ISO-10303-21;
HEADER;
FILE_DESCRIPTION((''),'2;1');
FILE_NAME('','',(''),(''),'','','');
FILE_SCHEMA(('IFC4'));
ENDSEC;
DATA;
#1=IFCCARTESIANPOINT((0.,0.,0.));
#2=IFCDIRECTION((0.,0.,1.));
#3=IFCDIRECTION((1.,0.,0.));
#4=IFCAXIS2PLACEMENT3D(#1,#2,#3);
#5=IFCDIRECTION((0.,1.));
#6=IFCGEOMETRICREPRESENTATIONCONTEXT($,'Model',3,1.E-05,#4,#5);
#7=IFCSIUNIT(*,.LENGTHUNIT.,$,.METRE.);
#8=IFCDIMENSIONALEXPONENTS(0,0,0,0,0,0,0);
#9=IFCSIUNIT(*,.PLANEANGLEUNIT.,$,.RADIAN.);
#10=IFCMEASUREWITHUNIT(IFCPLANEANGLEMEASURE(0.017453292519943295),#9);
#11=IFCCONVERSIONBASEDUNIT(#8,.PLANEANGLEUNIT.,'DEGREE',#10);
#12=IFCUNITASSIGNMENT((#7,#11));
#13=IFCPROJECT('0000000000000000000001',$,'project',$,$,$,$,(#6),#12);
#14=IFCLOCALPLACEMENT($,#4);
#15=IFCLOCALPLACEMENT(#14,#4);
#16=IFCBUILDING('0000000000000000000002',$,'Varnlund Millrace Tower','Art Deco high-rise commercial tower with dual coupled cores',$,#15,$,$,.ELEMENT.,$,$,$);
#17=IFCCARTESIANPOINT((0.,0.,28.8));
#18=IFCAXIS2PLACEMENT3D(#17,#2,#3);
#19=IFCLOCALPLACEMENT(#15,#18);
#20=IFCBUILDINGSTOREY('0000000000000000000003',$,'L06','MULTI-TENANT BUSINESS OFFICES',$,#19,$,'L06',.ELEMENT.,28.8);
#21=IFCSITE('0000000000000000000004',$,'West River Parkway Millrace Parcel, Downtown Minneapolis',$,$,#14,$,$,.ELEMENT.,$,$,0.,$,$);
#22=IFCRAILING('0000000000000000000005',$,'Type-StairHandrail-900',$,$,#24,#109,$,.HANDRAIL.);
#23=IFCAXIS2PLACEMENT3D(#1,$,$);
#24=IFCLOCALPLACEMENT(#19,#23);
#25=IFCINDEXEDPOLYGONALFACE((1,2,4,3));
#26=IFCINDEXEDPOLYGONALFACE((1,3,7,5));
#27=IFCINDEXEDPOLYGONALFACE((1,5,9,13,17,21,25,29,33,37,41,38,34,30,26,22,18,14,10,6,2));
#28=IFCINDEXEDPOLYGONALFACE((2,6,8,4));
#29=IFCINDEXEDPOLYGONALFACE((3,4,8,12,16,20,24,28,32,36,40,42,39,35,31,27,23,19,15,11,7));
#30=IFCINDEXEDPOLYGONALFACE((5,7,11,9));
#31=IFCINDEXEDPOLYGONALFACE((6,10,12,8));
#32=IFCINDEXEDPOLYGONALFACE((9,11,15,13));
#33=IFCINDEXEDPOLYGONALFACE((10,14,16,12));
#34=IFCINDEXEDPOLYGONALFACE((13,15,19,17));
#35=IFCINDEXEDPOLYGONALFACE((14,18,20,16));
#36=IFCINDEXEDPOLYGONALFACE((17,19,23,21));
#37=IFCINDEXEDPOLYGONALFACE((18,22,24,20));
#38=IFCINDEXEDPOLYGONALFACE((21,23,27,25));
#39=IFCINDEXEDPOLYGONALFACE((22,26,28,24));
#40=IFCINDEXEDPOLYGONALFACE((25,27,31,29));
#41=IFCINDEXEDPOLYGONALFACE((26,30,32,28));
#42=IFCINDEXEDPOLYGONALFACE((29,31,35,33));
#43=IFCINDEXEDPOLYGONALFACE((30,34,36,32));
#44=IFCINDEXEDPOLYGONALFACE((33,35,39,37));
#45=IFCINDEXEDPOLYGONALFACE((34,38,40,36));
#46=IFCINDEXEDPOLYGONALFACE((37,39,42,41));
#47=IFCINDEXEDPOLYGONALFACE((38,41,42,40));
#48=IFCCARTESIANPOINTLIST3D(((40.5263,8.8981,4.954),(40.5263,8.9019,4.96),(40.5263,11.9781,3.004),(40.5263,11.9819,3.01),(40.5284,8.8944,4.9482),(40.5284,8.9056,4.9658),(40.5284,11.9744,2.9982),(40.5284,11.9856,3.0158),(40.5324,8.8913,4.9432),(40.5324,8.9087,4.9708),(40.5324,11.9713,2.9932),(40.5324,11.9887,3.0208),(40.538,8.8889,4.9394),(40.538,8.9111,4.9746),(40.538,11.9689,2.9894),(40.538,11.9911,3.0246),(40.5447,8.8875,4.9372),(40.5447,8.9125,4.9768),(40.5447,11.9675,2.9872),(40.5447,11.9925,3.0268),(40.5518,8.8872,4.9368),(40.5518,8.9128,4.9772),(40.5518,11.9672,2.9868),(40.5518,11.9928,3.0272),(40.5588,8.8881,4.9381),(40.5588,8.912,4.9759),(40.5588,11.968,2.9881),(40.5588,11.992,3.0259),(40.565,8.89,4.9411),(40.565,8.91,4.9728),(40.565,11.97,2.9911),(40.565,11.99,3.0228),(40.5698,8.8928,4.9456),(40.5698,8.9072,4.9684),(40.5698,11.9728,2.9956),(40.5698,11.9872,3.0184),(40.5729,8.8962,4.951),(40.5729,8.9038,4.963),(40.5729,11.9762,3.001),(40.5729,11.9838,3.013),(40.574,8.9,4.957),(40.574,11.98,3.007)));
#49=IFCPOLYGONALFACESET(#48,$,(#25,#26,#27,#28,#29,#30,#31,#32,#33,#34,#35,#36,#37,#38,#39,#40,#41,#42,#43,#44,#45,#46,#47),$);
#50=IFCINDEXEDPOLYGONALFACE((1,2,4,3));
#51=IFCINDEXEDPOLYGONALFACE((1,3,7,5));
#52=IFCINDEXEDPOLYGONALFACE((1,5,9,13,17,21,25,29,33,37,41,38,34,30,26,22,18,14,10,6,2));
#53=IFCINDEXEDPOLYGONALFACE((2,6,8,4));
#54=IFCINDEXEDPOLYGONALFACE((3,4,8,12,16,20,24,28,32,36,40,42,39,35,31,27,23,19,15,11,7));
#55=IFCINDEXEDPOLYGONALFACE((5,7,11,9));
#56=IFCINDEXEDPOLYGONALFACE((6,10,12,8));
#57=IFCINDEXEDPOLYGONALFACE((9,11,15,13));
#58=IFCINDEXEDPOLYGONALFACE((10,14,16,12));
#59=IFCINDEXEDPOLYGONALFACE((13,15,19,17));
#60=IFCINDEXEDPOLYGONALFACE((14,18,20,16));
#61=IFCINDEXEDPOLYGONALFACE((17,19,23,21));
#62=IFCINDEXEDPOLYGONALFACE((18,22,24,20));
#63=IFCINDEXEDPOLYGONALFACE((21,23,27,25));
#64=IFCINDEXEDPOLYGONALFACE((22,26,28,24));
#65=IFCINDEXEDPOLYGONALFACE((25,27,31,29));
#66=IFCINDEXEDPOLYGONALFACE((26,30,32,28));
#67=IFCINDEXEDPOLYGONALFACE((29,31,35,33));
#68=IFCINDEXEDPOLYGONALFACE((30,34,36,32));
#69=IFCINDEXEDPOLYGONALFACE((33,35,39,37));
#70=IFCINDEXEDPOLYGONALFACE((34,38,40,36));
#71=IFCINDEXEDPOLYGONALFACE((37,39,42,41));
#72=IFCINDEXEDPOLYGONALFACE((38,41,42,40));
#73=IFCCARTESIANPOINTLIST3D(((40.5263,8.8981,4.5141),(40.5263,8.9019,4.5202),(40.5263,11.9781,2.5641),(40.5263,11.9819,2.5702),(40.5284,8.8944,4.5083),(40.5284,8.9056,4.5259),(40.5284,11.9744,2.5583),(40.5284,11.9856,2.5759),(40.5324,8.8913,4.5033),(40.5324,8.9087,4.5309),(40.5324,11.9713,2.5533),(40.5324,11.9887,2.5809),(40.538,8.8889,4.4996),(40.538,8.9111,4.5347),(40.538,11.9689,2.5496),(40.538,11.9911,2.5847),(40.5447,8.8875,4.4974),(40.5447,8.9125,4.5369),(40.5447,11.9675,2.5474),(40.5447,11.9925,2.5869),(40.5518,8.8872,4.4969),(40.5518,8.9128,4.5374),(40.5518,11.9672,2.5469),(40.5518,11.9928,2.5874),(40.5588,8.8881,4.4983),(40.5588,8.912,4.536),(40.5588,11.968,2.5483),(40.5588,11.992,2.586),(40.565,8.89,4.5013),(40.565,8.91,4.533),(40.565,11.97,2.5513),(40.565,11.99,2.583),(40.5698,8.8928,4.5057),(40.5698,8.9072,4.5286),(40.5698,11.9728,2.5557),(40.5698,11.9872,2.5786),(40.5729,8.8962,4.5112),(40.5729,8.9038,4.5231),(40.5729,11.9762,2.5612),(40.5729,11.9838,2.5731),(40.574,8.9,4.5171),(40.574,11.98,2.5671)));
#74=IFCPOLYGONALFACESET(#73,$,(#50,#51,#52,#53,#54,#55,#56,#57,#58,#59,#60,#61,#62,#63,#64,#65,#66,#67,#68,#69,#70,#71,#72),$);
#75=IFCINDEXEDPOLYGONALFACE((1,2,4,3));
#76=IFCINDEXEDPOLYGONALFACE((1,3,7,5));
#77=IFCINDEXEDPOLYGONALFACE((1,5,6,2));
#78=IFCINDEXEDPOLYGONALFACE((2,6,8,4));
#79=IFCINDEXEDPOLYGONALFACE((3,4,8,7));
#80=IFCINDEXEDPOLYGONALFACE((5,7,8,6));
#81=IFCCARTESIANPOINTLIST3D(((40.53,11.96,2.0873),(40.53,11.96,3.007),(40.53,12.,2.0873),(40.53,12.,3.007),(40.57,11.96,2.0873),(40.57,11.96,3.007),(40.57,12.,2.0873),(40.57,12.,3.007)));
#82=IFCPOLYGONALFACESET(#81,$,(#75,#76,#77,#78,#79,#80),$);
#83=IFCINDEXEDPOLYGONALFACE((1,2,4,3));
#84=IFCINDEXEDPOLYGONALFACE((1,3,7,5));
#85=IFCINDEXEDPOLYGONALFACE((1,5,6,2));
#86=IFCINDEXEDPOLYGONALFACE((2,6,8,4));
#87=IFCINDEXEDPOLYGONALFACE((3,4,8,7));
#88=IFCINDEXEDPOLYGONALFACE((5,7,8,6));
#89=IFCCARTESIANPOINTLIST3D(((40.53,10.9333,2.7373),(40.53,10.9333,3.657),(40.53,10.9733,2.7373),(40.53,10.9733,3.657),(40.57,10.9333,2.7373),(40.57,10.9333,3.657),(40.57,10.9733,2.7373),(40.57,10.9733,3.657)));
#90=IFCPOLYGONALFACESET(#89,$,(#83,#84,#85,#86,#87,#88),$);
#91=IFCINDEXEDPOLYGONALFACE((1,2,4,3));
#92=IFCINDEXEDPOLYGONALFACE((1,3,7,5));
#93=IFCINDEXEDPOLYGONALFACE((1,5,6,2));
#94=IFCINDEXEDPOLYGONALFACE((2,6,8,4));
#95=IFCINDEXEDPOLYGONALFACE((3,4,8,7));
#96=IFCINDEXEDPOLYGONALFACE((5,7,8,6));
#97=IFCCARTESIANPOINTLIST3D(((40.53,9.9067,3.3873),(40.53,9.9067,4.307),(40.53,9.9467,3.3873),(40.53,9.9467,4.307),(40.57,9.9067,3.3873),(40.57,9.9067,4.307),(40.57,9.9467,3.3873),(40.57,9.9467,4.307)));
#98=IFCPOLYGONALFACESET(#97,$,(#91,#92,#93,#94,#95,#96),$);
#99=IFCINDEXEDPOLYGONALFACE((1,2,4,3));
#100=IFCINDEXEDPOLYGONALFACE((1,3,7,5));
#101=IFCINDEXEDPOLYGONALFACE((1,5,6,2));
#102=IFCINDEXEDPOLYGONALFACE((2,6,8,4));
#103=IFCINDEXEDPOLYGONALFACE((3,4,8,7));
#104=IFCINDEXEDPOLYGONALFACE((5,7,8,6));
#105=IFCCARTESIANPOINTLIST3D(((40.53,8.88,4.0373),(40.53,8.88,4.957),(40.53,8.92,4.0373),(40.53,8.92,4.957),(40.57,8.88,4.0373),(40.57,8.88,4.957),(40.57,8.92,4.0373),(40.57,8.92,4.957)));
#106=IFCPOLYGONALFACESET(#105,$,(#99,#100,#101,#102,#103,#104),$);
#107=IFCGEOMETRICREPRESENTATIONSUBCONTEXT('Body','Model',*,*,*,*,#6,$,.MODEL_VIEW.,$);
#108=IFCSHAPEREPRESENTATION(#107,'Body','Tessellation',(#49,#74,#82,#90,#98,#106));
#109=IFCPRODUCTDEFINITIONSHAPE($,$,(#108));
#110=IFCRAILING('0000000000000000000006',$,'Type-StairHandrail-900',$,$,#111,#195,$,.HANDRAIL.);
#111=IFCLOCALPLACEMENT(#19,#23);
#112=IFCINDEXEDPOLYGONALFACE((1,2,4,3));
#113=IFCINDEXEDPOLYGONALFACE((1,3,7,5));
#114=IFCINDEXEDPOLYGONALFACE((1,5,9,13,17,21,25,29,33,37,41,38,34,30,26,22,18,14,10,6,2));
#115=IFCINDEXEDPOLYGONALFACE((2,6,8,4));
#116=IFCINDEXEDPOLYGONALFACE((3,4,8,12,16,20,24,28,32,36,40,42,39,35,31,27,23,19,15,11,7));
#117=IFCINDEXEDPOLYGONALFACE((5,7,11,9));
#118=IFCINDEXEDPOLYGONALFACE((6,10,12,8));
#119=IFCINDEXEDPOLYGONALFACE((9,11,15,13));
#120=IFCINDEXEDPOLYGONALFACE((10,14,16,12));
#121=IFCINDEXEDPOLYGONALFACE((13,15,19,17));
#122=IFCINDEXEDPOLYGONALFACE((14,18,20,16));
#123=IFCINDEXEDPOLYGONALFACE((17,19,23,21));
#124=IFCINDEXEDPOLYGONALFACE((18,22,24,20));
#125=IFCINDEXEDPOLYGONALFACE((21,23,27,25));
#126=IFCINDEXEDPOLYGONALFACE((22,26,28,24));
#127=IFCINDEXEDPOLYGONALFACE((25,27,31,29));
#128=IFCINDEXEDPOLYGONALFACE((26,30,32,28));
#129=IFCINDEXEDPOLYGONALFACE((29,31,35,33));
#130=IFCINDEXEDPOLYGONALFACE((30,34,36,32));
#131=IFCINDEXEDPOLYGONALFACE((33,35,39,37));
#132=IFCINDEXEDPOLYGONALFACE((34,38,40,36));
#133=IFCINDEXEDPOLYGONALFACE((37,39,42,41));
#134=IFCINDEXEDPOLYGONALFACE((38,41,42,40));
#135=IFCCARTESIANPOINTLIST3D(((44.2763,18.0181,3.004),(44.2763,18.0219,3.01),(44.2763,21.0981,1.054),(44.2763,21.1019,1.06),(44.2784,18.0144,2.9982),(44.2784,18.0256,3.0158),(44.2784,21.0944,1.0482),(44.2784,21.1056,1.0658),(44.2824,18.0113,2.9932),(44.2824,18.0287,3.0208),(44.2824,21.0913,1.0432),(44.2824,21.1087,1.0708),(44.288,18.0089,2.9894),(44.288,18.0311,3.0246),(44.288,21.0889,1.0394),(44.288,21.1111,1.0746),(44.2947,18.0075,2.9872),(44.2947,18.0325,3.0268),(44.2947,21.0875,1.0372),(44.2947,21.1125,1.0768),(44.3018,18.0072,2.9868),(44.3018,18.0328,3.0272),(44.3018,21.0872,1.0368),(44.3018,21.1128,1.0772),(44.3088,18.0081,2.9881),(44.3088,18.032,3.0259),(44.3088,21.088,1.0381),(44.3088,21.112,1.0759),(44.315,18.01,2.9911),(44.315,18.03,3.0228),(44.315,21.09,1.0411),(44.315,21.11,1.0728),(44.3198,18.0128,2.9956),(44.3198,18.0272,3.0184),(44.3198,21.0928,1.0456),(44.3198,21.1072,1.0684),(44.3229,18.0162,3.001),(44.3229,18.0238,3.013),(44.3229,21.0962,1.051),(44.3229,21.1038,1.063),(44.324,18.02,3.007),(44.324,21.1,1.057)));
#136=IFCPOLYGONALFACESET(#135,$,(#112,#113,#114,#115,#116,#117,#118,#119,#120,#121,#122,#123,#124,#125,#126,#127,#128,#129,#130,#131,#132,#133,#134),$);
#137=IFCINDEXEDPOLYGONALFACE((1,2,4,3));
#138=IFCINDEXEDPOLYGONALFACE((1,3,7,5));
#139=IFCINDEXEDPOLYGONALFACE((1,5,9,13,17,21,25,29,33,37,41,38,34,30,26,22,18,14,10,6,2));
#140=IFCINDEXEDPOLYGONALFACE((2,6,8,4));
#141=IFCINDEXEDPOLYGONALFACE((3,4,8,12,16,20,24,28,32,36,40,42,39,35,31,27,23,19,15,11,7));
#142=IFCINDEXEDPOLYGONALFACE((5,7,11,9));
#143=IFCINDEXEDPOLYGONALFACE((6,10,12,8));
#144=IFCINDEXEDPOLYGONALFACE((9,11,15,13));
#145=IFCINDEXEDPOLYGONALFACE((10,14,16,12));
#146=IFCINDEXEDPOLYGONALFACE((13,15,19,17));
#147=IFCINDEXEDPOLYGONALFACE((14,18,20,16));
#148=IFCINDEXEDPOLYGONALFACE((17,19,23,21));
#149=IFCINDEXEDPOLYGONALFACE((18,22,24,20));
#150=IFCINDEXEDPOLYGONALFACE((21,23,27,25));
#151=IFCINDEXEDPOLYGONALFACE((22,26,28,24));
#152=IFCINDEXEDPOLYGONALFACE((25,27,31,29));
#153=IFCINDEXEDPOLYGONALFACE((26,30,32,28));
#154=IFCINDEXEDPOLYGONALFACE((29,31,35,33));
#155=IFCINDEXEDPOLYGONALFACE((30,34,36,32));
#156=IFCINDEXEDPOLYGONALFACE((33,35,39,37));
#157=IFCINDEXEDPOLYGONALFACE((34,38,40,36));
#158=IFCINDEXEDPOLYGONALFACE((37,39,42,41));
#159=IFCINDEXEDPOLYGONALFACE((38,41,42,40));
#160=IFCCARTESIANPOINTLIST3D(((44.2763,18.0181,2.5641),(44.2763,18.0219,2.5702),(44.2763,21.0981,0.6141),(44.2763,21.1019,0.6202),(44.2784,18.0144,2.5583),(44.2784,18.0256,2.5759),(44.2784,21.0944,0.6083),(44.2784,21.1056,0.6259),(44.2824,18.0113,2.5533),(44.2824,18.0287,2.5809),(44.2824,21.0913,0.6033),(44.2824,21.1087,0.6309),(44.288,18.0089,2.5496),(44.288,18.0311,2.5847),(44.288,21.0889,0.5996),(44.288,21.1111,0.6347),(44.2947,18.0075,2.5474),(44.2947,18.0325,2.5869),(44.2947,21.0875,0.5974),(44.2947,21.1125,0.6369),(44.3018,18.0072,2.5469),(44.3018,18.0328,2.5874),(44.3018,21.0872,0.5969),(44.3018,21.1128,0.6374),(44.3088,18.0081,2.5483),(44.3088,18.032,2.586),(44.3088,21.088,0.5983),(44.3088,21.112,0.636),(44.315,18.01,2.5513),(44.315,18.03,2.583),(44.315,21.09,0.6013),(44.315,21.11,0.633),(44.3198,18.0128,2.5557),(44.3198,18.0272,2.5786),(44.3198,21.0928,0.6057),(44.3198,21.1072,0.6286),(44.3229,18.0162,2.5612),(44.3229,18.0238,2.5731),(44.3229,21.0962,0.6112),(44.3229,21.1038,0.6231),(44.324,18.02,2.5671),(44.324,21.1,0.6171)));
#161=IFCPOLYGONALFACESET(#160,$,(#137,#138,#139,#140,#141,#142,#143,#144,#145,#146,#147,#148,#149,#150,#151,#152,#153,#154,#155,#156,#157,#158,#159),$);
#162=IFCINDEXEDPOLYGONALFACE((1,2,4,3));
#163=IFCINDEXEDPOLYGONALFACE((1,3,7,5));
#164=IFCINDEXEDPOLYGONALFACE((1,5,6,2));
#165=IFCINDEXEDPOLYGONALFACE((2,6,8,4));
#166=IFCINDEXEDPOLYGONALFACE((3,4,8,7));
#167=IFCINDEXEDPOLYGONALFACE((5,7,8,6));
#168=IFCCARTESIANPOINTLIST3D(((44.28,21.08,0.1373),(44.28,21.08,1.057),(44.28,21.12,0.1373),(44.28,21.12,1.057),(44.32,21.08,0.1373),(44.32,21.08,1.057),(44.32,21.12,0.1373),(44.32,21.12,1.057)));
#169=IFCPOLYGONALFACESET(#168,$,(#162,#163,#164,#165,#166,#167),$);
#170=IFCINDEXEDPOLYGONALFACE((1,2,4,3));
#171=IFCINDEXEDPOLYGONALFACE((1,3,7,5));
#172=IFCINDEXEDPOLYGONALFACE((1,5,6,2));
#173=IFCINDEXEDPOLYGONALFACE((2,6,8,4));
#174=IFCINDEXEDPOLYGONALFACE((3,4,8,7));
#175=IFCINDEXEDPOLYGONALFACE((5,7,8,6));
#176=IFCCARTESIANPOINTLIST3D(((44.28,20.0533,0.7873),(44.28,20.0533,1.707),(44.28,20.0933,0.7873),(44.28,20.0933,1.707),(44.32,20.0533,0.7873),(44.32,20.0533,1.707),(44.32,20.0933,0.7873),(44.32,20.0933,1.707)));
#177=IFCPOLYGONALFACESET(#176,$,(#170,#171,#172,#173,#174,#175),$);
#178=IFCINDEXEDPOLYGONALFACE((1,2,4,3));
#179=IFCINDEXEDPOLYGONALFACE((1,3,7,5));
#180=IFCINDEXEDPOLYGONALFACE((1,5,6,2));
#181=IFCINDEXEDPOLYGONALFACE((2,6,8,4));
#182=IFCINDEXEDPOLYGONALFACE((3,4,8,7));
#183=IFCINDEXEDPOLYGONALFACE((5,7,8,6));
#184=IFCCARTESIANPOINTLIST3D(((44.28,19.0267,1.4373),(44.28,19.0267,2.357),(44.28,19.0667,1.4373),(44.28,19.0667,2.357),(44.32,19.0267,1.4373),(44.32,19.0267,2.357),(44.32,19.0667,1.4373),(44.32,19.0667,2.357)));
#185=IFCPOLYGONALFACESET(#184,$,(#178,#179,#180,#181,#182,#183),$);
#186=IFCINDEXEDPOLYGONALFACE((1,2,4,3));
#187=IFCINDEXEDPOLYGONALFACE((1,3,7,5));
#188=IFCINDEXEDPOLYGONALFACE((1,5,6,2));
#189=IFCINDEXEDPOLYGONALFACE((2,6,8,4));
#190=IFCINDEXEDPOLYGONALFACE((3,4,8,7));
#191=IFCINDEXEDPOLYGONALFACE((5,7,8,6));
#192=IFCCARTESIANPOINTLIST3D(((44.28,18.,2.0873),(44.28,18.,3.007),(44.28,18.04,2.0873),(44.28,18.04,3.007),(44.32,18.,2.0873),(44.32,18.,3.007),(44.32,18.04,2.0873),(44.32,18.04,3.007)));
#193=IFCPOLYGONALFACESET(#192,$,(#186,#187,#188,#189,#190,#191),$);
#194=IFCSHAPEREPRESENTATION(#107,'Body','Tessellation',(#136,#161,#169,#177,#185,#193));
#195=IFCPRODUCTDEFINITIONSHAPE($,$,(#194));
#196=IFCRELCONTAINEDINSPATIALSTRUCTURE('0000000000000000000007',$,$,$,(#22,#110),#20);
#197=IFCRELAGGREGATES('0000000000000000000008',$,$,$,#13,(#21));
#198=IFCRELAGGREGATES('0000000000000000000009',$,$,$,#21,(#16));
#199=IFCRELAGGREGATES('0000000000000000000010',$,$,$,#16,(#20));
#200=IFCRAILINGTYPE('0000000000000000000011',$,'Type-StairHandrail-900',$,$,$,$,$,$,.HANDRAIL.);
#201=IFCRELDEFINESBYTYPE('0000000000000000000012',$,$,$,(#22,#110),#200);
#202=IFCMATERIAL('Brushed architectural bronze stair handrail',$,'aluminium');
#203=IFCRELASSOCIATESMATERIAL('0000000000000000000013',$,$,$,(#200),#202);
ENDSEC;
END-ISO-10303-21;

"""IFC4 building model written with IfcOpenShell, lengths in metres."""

from ifc_helpers import new_model, entity, si_unit, converted_unit, direction, frame, origin_with_axes, origin_2d_with_axis, place, context, subcontext, project, spatial, rectangle, circle, extrude, material, type_object, element, save


model = new_model("IFC4")

# Units and contexts
model_context = context("Model", 3, precision=1e-05, world=origin_with_axes(), true_north=direction((0.0, 1.0)))
body_context = subcontext(model_context, "Body", "Model", "MODEL_VIEW")
ifc_project = project(units=[si_unit("LENGTHUNIT", "METRE"), converted_unit("PLANEANGLEUNIT", "DEGREE", entity("IfcPlaneAngleMeasure", 0.017453292519943295), si_unit("PLANEANGLEUNIT", "RADIAN"), dimensions=[0, 0, 0, 0, 0, 0, 0])], contexts=[model_context])

# Site, building, storey
site_placement = place(None, origin_with_axes())
site = spatial("IfcSite", under=ifc_project, at=site_placement, Name="West River Parkway Millrace Parcel, Downtown Minneapolis", CompositionType="ELEMENT", RefElevation=0.0)
building_placement = place(site_placement, origin_with_axes())
building = spatial("IfcBuilding", under=site, at=building_placement, Name="Varnlund Millrace Tower", Description="Art Deco high-rise commercial tower with dual coupled cores", CompositionType="ELEMENT")
storey_placement = place(building_placement, frame((0.0, 0.0, 28.8), z_axis=(0.0, 0.0, 1.0), x_axis=(1.0, 0.0, 0.0)))
storey = spatial("IfcBuildingStorey", under=building, at=storey_placement, Name="L06", Description="MULTI-TENANT BUSINESS OFFICES", LongName="L06", CompositionType="ELEMENT", Elevation=28.8)

# Railings
ifc_material_1 = material(Name="Brushed architectural bronze stair handrail", Category="aluminium")
railing_type_1 = type_object("IfcRailingType", Name="Type-StairHandrail-900", PredefinedType="HANDRAIL", material=ifc_material_1)
railing_1_placement = place(storey_placement, frame((0.0, 0.0, -28.8), z_axis=(0.0, 0.0, 1.0), x_axis=(1.0, 0.0, 0.0)))
element("IfcRailing", 1, at=railing_1_placement, inside=storey, type_object=railing_type_1, Name="Type-StairHandrail-900", PredefinedType="HANDRAIL", context=body_context, shape_type="SweptSolid", body=[
    extrude(circle(Radius=0.024, at=origin_2d_with_axis()), frame((40.55, 11.98, 31.807), z_axis=(0.0, -0.844902, 0.534922), x_axis=(1.0, 0.0, 0.0)), (0.0, 0.0, 1.0), 3.6454),
    extrude(circle(Radius=0.024, at=origin_2d_with_axis()), frame((40.55, 11.98, 31.3671), z_axis=(0.0, -0.844902, 0.534922), x_axis=(1.0, 0.0, 0.0)), (0.0, 0.0, 1.0), 3.6454),
    extrude(rectangle(XDim=0.04, YDim=0.04, at=origin_2d_with_axis()), frame((40.55, 11.98, 30.8873), z_axis=(0.0, 0.0, 1.0), x_axis=(1.0, 0.0, 0.0)), (0.0, 0.0, 1.0), 0.9197),
    extrude(rectangle(XDim=0.04, YDim=0.04, at=origin_2d_with_axis()), frame((40.55, 10.9533, 31.5373), z_axis=(0.0, 0.0, 1.0), x_axis=(1.0, 0.0, 0.0)), (0.0, 0.0, 1.0), 0.9197),
    extrude(rectangle(XDim=0.04, YDim=0.04, at=origin_2d_with_axis()), frame((40.55, 9.9267, 32.1873), z_axis=(0.0, 0.0, 1.0), x_axis=(1.0, 0.0, 0.0)), (0.0, 0.0, 1.0), 0.9197),
    extrude(rectangle(XDim=0.04, YDim=0.04, at=origin_2d_with_axis()), frame((40.55, 8.9, 32.8373), z_axis=(0.0, 0.0, 1.0), x_axis=(1.0, 0.0, 0.0)), (0.0, 0.0, 1.0), 0.9197),
])
railing_2_placement = place(storey_placement, frame((0.0, 0.0, -28.8), z_axis=(0.0, 0.0, 1.0), x_axis=(1.0, 0.0, 0.0)))
element("IfcRailing", 2, at=railing_2_placement, inside=storey, type_object=railing_type_1, Name="Type-StairHandrail-900", PredefinedType="HANDRAIL", context=body_context, shape_type="SweptSolid", body=[
    extrude(circle(Radius=0.024, at=origin_2d_with_axis()), frame((44.3, 21.1, 29.857), z_axis=(0.0, -0.844902, 0.534922), x_axis=(1.0, 0.0, 0.0)), (0.0, 0.0, 1.0), 3.6454),
    extrude(circle(Radius=0.024, at=origin_2d_with_axis()), frame((44.3, 21.1, 29.4171), z_axis=(0.0, -0.844902, 0.534922), x_axis=(1.0, 0.0, 0.0)), (0.0, 0.0, 1.0), 3.6454),
    extrude(rectangle(XDim=0.04, YDim=0.04, at=origin_2d_with_axis()), frame((44.3, 21.1, 28.9373), z_axis=(0.0, 0.0, 1.0), x_axis=(1.0, 0.0, 0.0)), (0.0, 0.0, 1.0), 0.9197),
    extrude(rectangle(XDim=0.04, YDim=0.04, at=origin_2d_with_axis()), frame((44.3, 20.0733, 29.5873), z_axis=(0.0, 0.0, 1.0), x_axis=(1.0, 0.0, 0.0)), (0.0, 0.0, 1.0), 0.9197),
    extrude(rectangle(XDim=0.04, YDim=0.04, at=origin_2d_with_axis()), frame((44.3, 19.0467, 30.2373), z_axis=(0.0, 0.0, 1.0), x_axis=(1.0, 0.0, 0.0)), (0.0, 0.0, 1.0), 0.9197),
    extrude(rectangle(XDim=0.04, YDim=0.04, at=origin_2d_with_axis()), frame((44.3, 18.02, 30.8873), z_axis=(0.0, 0.0, 1.0), x_axis=(1.0, 0.0, 0.0)), (0.0, 0.0, 1.0), 0.9197),
])

save(model, "model.ifc")
